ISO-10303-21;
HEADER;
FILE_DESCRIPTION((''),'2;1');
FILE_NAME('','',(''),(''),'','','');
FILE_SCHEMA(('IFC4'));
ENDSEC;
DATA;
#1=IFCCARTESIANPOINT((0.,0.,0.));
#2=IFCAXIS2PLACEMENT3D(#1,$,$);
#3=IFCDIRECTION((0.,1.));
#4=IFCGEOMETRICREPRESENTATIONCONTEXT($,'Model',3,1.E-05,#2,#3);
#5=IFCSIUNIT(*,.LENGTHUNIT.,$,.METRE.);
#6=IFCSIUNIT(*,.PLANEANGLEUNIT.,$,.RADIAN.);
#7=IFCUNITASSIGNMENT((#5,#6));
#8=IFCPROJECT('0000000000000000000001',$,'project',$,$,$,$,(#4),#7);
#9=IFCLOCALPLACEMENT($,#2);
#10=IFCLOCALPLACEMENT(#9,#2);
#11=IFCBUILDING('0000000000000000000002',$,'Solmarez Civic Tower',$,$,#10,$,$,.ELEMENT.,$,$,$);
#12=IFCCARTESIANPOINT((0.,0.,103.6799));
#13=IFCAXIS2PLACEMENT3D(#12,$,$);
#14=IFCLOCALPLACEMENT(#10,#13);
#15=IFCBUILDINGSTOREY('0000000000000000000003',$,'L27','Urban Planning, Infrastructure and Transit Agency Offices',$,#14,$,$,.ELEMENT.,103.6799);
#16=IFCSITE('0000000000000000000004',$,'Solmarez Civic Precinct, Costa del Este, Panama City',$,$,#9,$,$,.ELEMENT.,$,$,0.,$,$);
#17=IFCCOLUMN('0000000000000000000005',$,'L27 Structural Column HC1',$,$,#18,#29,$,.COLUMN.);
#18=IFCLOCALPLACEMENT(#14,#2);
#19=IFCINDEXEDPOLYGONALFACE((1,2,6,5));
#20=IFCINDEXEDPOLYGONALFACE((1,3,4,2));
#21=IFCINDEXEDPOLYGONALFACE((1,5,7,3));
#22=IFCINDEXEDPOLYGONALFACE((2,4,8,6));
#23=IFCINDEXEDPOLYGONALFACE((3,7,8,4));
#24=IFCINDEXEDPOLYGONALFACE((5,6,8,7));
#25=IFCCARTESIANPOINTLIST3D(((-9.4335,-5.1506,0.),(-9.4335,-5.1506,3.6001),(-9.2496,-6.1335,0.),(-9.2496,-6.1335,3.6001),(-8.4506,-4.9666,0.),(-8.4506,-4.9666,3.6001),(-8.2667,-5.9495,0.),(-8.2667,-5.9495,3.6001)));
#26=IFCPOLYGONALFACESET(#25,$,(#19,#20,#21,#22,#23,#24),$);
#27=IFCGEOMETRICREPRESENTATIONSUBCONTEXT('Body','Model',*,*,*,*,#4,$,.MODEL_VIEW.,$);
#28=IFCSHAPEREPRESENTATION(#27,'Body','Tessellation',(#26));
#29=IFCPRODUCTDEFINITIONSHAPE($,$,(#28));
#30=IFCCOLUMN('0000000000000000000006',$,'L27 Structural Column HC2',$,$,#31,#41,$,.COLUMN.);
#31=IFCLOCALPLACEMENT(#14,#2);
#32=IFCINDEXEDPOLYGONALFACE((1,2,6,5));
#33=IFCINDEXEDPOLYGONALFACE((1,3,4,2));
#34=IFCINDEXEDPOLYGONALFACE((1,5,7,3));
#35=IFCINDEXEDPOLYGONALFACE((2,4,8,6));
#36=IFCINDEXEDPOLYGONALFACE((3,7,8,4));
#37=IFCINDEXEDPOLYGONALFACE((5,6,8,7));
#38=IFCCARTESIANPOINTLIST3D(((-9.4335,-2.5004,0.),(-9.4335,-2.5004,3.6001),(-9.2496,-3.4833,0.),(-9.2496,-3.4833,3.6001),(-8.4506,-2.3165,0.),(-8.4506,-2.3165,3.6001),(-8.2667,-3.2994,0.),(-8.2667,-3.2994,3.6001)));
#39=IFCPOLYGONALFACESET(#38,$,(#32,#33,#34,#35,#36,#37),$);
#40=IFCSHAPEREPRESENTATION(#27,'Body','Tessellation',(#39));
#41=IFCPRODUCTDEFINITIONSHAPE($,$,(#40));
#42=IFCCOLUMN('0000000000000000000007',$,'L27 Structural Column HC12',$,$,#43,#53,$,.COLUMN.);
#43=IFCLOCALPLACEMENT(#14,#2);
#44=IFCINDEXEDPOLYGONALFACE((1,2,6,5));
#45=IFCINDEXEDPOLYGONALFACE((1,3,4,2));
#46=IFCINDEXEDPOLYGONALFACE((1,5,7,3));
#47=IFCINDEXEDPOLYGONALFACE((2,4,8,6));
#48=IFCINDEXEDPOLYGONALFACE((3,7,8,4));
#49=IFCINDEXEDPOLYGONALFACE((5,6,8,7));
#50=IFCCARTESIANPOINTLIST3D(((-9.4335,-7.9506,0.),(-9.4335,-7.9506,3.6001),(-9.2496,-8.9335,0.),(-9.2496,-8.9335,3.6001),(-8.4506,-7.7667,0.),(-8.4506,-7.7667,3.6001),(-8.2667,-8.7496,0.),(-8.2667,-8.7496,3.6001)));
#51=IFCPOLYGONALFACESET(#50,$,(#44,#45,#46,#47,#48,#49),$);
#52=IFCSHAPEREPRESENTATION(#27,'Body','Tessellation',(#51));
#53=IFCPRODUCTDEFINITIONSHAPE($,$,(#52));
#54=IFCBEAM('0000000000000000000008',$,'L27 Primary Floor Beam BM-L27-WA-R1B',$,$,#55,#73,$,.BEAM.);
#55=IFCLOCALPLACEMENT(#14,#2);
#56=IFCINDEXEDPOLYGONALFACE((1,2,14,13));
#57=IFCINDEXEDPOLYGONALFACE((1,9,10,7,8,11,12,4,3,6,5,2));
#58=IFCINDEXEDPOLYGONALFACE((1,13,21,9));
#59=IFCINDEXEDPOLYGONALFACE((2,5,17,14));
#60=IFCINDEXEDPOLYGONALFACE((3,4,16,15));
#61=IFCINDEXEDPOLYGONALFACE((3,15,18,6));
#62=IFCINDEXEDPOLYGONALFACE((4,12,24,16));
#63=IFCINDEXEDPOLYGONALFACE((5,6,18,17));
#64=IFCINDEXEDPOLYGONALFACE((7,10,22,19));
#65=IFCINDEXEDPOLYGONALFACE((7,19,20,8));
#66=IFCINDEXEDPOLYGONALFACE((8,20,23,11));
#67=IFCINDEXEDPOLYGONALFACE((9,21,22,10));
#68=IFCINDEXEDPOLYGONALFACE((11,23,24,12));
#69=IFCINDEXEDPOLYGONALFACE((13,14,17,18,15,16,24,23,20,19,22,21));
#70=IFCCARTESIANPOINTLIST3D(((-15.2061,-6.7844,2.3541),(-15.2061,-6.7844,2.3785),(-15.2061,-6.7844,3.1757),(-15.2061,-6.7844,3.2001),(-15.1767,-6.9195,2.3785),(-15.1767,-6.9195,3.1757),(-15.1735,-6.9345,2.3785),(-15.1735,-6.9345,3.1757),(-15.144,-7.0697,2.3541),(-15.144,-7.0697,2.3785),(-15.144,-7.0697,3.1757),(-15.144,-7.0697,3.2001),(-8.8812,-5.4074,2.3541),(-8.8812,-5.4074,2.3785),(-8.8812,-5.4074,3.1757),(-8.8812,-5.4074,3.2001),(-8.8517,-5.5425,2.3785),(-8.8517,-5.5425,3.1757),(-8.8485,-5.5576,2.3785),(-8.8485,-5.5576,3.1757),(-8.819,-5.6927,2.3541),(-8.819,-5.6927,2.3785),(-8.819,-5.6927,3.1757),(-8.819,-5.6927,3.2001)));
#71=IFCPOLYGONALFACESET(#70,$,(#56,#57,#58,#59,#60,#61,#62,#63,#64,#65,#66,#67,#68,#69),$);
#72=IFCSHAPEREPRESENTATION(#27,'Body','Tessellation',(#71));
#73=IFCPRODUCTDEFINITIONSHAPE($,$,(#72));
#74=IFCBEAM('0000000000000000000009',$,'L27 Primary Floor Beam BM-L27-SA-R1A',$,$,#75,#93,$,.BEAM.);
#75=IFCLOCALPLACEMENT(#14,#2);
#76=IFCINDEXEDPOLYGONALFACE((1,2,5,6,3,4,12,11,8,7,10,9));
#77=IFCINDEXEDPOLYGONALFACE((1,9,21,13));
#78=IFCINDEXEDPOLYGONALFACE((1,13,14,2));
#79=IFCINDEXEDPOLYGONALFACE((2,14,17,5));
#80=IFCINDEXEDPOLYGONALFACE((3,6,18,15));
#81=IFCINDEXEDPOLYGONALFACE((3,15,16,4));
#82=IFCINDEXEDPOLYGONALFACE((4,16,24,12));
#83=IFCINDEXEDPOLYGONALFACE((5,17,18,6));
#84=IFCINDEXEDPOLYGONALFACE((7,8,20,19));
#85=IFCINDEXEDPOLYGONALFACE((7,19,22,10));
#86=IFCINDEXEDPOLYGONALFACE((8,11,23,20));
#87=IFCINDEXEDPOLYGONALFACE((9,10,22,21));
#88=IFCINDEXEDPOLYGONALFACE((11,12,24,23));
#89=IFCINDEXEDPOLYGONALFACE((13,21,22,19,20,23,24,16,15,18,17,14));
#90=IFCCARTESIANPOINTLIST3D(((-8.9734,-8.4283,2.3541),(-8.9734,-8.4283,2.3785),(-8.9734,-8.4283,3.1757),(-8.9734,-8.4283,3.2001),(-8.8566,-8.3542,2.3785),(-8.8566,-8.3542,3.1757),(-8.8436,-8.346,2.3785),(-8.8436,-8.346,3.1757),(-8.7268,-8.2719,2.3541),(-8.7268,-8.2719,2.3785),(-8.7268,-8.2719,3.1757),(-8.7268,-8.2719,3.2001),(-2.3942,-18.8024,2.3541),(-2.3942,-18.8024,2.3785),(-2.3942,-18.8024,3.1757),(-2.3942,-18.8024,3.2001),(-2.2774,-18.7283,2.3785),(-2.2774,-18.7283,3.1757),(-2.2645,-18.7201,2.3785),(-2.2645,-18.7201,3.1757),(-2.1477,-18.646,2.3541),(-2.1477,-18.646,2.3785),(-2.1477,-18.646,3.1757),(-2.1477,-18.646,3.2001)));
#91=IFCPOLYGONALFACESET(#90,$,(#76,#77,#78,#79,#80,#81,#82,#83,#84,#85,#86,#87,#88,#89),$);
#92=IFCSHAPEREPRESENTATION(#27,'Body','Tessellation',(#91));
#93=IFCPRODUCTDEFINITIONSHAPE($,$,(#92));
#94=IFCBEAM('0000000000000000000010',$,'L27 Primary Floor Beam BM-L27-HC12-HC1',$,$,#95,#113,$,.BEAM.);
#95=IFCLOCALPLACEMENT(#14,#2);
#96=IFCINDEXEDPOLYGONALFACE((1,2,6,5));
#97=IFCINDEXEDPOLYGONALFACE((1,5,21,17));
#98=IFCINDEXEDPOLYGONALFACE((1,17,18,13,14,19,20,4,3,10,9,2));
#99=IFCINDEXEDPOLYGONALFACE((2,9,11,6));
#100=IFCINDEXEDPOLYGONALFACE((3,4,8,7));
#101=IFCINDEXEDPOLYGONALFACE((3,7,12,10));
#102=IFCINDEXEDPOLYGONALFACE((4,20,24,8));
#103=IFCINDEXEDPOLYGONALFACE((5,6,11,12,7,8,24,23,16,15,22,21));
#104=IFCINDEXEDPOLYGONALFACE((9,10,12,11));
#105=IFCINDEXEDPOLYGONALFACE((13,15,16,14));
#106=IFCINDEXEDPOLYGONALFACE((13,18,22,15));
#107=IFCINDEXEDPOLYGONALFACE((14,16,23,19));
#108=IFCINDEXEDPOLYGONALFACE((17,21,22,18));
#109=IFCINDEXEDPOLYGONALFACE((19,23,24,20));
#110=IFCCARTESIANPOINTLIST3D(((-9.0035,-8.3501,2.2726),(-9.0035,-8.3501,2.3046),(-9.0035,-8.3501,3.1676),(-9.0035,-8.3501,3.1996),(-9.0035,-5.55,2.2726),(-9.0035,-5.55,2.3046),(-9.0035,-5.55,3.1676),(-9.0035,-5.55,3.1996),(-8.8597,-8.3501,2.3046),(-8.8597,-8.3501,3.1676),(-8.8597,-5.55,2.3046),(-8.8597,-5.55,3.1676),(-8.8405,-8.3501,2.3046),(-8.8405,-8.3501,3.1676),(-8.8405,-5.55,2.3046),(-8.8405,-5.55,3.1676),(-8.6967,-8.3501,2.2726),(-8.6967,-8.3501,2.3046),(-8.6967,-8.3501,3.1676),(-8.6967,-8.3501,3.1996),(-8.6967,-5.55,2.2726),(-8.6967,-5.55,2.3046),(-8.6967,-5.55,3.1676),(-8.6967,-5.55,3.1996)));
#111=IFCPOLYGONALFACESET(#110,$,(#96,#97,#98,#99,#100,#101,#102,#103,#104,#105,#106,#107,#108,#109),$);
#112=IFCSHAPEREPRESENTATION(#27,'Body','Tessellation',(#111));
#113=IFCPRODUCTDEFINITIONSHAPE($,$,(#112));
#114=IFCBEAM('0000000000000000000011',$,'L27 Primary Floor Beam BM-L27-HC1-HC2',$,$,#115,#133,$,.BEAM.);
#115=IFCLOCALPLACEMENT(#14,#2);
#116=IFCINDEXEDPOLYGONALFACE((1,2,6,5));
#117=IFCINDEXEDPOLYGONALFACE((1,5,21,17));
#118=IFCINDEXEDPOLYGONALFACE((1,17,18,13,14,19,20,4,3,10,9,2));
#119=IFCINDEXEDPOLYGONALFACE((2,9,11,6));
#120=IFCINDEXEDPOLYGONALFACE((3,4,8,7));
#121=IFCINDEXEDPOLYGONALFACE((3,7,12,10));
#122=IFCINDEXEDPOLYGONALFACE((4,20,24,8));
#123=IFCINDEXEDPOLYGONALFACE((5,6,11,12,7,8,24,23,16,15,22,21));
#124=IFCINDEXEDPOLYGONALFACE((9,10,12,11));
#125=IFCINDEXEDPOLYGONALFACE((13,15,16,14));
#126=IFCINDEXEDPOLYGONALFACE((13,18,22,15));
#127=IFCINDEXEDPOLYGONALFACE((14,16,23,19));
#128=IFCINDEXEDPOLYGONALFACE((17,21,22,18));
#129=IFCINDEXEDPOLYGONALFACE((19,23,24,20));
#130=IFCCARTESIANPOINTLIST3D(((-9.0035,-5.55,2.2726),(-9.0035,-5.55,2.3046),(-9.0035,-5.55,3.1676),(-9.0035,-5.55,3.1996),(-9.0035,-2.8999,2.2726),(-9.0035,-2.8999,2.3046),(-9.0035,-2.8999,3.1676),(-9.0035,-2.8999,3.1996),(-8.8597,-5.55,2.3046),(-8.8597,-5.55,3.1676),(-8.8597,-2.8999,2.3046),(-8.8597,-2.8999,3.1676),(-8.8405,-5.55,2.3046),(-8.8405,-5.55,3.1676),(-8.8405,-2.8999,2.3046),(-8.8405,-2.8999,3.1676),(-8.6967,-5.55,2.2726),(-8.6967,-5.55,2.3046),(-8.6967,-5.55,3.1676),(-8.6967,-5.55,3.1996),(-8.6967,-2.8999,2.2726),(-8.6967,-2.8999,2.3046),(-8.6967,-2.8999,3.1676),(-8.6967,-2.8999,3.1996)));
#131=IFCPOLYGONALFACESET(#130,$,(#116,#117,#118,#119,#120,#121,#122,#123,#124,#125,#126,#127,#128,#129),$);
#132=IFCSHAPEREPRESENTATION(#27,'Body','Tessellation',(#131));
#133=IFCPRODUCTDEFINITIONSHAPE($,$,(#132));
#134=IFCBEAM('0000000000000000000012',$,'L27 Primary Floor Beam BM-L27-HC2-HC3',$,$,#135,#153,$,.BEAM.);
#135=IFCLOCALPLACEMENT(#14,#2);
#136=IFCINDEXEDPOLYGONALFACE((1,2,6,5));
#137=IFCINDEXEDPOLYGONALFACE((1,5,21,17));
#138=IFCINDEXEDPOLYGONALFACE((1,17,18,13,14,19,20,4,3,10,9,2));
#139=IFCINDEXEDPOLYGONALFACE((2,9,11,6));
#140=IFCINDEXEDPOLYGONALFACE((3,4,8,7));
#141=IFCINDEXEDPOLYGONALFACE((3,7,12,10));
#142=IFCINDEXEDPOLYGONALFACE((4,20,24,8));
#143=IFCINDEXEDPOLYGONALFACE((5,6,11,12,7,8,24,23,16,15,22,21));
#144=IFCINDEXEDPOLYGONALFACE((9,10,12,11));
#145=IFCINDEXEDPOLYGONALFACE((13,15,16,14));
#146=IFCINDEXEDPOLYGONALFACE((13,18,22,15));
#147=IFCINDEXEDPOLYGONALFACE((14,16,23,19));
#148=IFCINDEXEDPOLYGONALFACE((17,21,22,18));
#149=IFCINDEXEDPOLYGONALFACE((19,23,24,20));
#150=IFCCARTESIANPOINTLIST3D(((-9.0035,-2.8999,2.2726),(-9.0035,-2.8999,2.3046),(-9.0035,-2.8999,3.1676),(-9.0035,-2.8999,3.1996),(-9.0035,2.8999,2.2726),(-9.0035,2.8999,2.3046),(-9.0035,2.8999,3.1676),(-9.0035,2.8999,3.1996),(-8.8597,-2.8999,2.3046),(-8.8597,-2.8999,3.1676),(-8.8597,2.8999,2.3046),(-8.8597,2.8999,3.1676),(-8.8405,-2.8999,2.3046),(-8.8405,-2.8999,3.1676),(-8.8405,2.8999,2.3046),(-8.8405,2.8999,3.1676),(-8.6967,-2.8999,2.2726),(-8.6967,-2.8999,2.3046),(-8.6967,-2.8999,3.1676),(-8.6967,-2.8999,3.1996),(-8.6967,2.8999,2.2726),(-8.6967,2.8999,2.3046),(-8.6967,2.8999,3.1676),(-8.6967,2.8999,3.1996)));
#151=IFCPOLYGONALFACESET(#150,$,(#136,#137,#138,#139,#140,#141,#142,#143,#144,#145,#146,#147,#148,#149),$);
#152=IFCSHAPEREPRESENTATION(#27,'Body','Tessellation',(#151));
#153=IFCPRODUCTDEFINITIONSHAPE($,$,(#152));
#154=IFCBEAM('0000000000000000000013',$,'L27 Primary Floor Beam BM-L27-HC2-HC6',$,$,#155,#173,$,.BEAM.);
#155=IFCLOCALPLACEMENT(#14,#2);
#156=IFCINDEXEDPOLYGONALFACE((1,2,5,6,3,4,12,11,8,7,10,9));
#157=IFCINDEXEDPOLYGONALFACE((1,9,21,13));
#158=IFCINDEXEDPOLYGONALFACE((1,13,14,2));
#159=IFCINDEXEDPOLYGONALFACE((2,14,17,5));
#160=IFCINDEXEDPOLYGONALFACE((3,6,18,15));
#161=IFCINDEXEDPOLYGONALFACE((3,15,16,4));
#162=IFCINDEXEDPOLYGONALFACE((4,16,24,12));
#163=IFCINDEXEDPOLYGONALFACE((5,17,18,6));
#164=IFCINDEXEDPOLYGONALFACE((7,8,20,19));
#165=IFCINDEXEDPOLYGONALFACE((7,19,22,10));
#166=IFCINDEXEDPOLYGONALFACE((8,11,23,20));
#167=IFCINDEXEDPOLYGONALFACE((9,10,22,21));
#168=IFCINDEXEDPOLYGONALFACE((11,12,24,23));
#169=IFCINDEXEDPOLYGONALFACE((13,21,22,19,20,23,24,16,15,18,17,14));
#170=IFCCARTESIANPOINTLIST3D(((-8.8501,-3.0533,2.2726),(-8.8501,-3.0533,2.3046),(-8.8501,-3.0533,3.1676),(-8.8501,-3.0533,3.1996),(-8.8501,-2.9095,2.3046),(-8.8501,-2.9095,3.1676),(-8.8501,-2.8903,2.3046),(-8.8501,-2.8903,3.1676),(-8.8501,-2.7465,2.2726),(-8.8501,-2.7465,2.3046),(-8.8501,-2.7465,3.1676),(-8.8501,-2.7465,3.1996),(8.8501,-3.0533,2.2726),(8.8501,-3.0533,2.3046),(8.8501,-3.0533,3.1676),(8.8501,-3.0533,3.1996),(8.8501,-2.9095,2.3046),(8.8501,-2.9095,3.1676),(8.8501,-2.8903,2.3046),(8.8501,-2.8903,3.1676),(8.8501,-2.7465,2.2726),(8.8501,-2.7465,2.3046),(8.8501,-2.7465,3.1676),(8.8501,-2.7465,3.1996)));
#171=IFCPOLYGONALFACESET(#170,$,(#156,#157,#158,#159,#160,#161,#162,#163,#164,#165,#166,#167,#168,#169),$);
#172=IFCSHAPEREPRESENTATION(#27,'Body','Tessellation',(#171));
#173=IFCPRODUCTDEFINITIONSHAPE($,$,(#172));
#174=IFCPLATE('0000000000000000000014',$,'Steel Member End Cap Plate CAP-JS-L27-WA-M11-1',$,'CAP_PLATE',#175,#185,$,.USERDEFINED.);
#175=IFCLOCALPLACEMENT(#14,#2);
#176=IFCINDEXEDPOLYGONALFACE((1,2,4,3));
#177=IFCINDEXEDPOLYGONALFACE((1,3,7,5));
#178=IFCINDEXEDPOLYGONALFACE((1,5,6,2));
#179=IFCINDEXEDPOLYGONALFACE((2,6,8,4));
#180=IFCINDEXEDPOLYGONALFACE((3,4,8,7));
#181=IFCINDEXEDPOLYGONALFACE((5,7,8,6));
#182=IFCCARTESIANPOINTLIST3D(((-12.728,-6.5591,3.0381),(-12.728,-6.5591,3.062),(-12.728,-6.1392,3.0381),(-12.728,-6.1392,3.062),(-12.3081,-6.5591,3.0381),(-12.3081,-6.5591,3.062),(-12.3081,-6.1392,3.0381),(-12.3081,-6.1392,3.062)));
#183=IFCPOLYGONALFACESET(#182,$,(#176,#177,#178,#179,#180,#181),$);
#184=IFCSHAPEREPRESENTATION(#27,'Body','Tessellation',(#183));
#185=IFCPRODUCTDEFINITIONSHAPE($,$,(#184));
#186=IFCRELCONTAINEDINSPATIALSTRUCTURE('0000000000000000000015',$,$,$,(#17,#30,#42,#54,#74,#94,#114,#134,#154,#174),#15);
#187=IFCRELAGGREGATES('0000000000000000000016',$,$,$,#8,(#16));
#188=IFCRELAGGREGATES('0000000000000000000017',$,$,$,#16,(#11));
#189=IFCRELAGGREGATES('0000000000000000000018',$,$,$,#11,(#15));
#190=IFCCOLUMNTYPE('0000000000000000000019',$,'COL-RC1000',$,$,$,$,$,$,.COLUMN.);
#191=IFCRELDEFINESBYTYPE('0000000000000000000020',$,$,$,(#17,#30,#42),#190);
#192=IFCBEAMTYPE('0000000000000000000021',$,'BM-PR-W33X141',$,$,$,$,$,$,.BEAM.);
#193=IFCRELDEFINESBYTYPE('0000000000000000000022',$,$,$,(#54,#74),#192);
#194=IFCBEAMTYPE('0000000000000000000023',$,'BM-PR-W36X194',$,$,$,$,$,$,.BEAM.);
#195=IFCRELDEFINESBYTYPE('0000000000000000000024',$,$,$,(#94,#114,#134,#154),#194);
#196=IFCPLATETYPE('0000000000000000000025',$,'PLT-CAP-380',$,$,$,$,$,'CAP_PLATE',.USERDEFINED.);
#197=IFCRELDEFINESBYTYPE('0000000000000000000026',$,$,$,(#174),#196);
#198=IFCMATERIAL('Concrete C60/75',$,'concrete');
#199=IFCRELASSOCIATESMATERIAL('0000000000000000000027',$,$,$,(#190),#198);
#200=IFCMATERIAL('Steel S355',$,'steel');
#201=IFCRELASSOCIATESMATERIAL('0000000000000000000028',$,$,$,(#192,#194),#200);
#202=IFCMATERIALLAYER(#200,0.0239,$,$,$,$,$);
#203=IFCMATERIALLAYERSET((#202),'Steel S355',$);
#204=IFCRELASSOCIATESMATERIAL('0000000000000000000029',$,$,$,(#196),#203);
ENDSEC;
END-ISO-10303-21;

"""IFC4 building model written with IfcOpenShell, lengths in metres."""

from ifc_helpers import new_model, si_unit, direction, frame, origin, origin_2d, place, context, subcontext, project, spatial, rectangle, i_section, extrude, material, layer, layer_set, material_profile, profile_set, type_object, element, save


model = new_model("IFC4")

# Units and contexts
model_context = context("Model", 3, precision=1e-05, world=origin(), true_north=direction((0.0, 1.0)))
body_context = subcontext(model_context, "Body", "Model", "MODEL_VIEW")
ifc_project = project(units=[si_unit("LENGTHUNIT", "METRE"), si_unit("PLANEANGLEUNIT", "RADIAN")], contexts=[model_context])

# Site, building, storey
site_placement = place(None, origin())
site = spatial("IfcSite", under=ifc_project, at=site_placement, Name="Solmarez Civic Precinct, Costa del Este, Panama City", CompositionType="ELEMENT", RefElevation=0.0)
building_placement = place(site_placement, origin())
building = spatial("IfcBuilding", under=site, at=building_placement, Name="Solmarez Civic Tower", CompositionType="ELEMENT")
storey_placement = place(building_placement, frame((0.0, 0.0, 103.6799)))
storey = spatial("IfcBuildingStorey", under=building, at=storey_placement, Name="L27", Description="Urban Planning, Infrastructure and Transit Agency Offices", CompositionType="ELEMENT", Elevation=103.6799)

# Columns
ifc_material_1 = material(Name="Concrete C60/75", Category="concrete")
ifc_material_profile_1 = material_profile(ifc_material_1, rectangle(XDim=1.0, YDim=1.0, at=origin_2d()), Name="RC1000X1000")
ifc_profile_set_1 = profile_set([ifc_material_profile_1], Name="Concrete C60/75")
column_type = type_object("IfcColumnType", Name="COL-RC1000", PredefinedType="COLUMN", material=ifc_profile_set_1)
for number, where, z_axis, x_axis, name in (
    (1, (-8.8501, -5.55, 0.0), (0.0, 0.0, 1.0), (0.982935, 0.183951, 0.0), "L27 Structural Column HC1"),
    (2, (-8.8501, -2.8999, 0.0), (0.0, 0.0, 1.0), (0.982935, 0.183951, 0.0), "L27 Structural Column HC2"),
    (3, (-8.8501, -8.3501, 0.0), (0.0, 0.0, 1.0), (0.982935, 0.183951, 0.0), "L27 Structural Column HC12"),
):
    element("IfcColumn", number, at=place(storey_placement, frame(where, z_axis=z_axis, x_axis=x_axis)), inside=storey, type_object=column_type, Name=name, PredefinedType="COLUMN", context=body_context, shape_type="SweptSolid", body=[
        extrude(rectangle(XDim=1.0, YDim=1.0, at=origin_2d()), origin(), (0.0, 0.0, 1.0), 3.6001),
    ])

# Beams
ifc_material_2 = material(Name="Steel S355", Category="steel")
ifc_material_profile_2 = material_profile(ifc_material_2, i_section(OverallWidth=0.292, OverallDepth=0.8459, WebThickness=0.0154, FlangeThickness=0.0244, at=origin_2d()), Name="W33X141")
ifc_profile_set_2 = profile_set([ifc_material_profile_2], Name="Steel S355")
beam_type_1 = type_object("IfcBeamType", Name="BM-PR-W33X141", PredefinedType="BEAM", material=ifc_profile_set_2)
beam_1_placement = place(storey_placement, frame((-8.8501, -5.55, 2.7771), z_axis=(-0.977113, -0.212719, 0.0), x_axis=(0.212719, -0.977113, 0.0)))
element("IfcBeam", 4, at=beam_1_placement, inside=storey, type_object=beam_type_1, Name="L27 Primary Floor Beam BM-L27-WA-R1B", PredefinedType="BEAM", context=body_context, shape_type="SweptSolid", body=[
    extrude(i_section(OverallWidth=0.292, OverallDepth=0.8459, WebThickness=0.0154, FlangeThickness=0.0244, at=origin_2d()), origin(), (0.0, 0.0, 1.0), 6.4731),
])
beam_2_placement = place(storey_placement, frame((-8.8501, -8.3501, 2.7771), z_axis=(0.535568, -0.844492, 0.0), x_axis=(0.844492, 0.535568, 0.0)))
element("IfcBeam", 5, at=beam_2_placement, inside=storey, type_object=beam_type_1, Name="L27 Primary Floor Beam BM-L27-SA-R1A", PredefinedType="BEAM", context=body_context, shape_type="SweptSolid", body=[
    extrude(i_section(OverallWidth=0.292, OverallDepth=0.8459, WebThickness=0.0154, FlangeThickness=0.0244, at=origin_2d()), origin(), (0.0, 0.0, 1.0), 12.2844),
])
ifc_material_profile_3 = material_profile(ifc_material_2, i_section(OverallWidth=0.3069, OverallDepth=0.927, WebThickness=0.0193, FlangeThickness=0.032, at=origin_2d()), Name="W36X194")
ifc_profile_set_3 = profile_set([ifc_material_profile_3], Name="Steel S355")
beam_type_2 = type_object("IfcBeamType", Name="BM-PR-W36X194", PredefinedType="BEAM", material=ifc_profile_set_3)
beam_3_placement = place(storey_placement, frame((-8.8501, -8.3501, 2.7361), z_axis=(0.0, 1.0, 0.0), x_axis=(-1.0, 0.0, 0.0)))
element("IfcBeam", 6, at=beam_3_placement, inside=storey, type_object=beam_type_2, Name="L27 Primary Floor Beam BM-L27-HC12-HC1", PredefinedType="BEAM", context=body_context, shape_type="SweptSolid", body=[
    extrude(i_section(OverallWidth=0.3069, OverallDepth=0.927, WebThickness=0.0193, FlangeThickness=0.032, at=origin_2d()), origin(), (0.0, 0.0, 1.0), 2.8),
])
beam_4_placement = place(storey_placement, frame((-8.8501, -5.55, 2.7361), z_axis=(0.0, 1.0, 0.0), x_axis=(-1.0, 0.0, 0.0)))
element("IfcBeam", 7, at=beam_4_placement, inside=storey, type_object=beam_type_2, Name="L27 Primary Floor Beam BM-L27-HC1-HC2", PredefinedType="BEAM", context=body_context, shape_type="SweptSolid", body=[
    extrude(i_section(OverallWidth=0.3069, OverallDepth=0.927, WebThickness=0.0193, FlangeThickness=0.032, at=origin_2d()), origin(), (0.0, 0.0, 1.0), 2.6501),
])
beam_5_placement = place(storey_placement, frame((-8.8501, -2.8999, 2.7361), z_axis=(0.0, 1.0, 0.0), x_axis=(-1.0, 0.0, 0.0)))
element("IfcBeam", 8, at=beam_5_placement, inside=storey, type_object=beam_type_2, Name="L27 Primary Floor Beam BM-L27-HC2-HC3", PredefinedType="BEAM", context=body_context, shape_type="SweptSolid", body=[
    extrude(i_section(OverallWidth=0.3069, OverallDepth=0.927, WebThickness=0.0193, FlangeThickness=0.032, at=origin_2d()), origin(), (0.0, 0.0, 1.0), 5.7998),
])
beam_6_placement = place(storey_placement, frame((-8.8501, -2.8999, 2.7361), z_axis=(1.0, 0.0, 0.0), x_axis=(0.0, 1.0, 0.0)))
element("IfcBeam", 9, at=beam_6_placement, inside=storey, type_object=beam_type_2, Name="L27 Primary Floor Beam BM-L27-HC2-HC6", PredefinedType="BEAM", context=body_context, shape_type="SweptSolid", body=[
    extrude(i_section(OverallWidth=0.3069, OverallDepth=0.927, WebThickness=0.0193, FlangeThickness=0.032, at=origin_2d()), origin(), (0.0, 0.0, 1.0), 17.7002),
])

# Plate
ifc_layer_1 = layer(ifc_material_2, 0.0239)
ifc_layer_set_1 = layer_set([ifc_layer_1], Name="Steel S355")
plate_type = type_object("IfcPlateType", Name="PLT-CAP-380", ElementType="CAP_PLATE", PredefinedType="USERDEFINED", material=ifc_layer_set_1)
plate_placement = place(storey_placement, frame((-12.5181, -6.3491, 3.0381), z_axis=(0.0, 0.0, 1.0), x_axis=(1.0, 0.0, 0.0)))
element("IfcPlate", 10, at=plate_placement, inside=storey, type_object=plate_type, Name="Steel Member End Cap Plate CAP-JS-L27-WA-M11-1", ObjectType="CAP_PLATE", PredefinedType="USERDEFINED", context=body_context, shape_type="SweptSolid", body=[
    extrude(rectangle(XDim=0.4199, YDim=0.4199, at=origin_2d()), origin(), (0.0, 0.0, 1.0), 0.0239),
])

save(model, "model.ifc")
